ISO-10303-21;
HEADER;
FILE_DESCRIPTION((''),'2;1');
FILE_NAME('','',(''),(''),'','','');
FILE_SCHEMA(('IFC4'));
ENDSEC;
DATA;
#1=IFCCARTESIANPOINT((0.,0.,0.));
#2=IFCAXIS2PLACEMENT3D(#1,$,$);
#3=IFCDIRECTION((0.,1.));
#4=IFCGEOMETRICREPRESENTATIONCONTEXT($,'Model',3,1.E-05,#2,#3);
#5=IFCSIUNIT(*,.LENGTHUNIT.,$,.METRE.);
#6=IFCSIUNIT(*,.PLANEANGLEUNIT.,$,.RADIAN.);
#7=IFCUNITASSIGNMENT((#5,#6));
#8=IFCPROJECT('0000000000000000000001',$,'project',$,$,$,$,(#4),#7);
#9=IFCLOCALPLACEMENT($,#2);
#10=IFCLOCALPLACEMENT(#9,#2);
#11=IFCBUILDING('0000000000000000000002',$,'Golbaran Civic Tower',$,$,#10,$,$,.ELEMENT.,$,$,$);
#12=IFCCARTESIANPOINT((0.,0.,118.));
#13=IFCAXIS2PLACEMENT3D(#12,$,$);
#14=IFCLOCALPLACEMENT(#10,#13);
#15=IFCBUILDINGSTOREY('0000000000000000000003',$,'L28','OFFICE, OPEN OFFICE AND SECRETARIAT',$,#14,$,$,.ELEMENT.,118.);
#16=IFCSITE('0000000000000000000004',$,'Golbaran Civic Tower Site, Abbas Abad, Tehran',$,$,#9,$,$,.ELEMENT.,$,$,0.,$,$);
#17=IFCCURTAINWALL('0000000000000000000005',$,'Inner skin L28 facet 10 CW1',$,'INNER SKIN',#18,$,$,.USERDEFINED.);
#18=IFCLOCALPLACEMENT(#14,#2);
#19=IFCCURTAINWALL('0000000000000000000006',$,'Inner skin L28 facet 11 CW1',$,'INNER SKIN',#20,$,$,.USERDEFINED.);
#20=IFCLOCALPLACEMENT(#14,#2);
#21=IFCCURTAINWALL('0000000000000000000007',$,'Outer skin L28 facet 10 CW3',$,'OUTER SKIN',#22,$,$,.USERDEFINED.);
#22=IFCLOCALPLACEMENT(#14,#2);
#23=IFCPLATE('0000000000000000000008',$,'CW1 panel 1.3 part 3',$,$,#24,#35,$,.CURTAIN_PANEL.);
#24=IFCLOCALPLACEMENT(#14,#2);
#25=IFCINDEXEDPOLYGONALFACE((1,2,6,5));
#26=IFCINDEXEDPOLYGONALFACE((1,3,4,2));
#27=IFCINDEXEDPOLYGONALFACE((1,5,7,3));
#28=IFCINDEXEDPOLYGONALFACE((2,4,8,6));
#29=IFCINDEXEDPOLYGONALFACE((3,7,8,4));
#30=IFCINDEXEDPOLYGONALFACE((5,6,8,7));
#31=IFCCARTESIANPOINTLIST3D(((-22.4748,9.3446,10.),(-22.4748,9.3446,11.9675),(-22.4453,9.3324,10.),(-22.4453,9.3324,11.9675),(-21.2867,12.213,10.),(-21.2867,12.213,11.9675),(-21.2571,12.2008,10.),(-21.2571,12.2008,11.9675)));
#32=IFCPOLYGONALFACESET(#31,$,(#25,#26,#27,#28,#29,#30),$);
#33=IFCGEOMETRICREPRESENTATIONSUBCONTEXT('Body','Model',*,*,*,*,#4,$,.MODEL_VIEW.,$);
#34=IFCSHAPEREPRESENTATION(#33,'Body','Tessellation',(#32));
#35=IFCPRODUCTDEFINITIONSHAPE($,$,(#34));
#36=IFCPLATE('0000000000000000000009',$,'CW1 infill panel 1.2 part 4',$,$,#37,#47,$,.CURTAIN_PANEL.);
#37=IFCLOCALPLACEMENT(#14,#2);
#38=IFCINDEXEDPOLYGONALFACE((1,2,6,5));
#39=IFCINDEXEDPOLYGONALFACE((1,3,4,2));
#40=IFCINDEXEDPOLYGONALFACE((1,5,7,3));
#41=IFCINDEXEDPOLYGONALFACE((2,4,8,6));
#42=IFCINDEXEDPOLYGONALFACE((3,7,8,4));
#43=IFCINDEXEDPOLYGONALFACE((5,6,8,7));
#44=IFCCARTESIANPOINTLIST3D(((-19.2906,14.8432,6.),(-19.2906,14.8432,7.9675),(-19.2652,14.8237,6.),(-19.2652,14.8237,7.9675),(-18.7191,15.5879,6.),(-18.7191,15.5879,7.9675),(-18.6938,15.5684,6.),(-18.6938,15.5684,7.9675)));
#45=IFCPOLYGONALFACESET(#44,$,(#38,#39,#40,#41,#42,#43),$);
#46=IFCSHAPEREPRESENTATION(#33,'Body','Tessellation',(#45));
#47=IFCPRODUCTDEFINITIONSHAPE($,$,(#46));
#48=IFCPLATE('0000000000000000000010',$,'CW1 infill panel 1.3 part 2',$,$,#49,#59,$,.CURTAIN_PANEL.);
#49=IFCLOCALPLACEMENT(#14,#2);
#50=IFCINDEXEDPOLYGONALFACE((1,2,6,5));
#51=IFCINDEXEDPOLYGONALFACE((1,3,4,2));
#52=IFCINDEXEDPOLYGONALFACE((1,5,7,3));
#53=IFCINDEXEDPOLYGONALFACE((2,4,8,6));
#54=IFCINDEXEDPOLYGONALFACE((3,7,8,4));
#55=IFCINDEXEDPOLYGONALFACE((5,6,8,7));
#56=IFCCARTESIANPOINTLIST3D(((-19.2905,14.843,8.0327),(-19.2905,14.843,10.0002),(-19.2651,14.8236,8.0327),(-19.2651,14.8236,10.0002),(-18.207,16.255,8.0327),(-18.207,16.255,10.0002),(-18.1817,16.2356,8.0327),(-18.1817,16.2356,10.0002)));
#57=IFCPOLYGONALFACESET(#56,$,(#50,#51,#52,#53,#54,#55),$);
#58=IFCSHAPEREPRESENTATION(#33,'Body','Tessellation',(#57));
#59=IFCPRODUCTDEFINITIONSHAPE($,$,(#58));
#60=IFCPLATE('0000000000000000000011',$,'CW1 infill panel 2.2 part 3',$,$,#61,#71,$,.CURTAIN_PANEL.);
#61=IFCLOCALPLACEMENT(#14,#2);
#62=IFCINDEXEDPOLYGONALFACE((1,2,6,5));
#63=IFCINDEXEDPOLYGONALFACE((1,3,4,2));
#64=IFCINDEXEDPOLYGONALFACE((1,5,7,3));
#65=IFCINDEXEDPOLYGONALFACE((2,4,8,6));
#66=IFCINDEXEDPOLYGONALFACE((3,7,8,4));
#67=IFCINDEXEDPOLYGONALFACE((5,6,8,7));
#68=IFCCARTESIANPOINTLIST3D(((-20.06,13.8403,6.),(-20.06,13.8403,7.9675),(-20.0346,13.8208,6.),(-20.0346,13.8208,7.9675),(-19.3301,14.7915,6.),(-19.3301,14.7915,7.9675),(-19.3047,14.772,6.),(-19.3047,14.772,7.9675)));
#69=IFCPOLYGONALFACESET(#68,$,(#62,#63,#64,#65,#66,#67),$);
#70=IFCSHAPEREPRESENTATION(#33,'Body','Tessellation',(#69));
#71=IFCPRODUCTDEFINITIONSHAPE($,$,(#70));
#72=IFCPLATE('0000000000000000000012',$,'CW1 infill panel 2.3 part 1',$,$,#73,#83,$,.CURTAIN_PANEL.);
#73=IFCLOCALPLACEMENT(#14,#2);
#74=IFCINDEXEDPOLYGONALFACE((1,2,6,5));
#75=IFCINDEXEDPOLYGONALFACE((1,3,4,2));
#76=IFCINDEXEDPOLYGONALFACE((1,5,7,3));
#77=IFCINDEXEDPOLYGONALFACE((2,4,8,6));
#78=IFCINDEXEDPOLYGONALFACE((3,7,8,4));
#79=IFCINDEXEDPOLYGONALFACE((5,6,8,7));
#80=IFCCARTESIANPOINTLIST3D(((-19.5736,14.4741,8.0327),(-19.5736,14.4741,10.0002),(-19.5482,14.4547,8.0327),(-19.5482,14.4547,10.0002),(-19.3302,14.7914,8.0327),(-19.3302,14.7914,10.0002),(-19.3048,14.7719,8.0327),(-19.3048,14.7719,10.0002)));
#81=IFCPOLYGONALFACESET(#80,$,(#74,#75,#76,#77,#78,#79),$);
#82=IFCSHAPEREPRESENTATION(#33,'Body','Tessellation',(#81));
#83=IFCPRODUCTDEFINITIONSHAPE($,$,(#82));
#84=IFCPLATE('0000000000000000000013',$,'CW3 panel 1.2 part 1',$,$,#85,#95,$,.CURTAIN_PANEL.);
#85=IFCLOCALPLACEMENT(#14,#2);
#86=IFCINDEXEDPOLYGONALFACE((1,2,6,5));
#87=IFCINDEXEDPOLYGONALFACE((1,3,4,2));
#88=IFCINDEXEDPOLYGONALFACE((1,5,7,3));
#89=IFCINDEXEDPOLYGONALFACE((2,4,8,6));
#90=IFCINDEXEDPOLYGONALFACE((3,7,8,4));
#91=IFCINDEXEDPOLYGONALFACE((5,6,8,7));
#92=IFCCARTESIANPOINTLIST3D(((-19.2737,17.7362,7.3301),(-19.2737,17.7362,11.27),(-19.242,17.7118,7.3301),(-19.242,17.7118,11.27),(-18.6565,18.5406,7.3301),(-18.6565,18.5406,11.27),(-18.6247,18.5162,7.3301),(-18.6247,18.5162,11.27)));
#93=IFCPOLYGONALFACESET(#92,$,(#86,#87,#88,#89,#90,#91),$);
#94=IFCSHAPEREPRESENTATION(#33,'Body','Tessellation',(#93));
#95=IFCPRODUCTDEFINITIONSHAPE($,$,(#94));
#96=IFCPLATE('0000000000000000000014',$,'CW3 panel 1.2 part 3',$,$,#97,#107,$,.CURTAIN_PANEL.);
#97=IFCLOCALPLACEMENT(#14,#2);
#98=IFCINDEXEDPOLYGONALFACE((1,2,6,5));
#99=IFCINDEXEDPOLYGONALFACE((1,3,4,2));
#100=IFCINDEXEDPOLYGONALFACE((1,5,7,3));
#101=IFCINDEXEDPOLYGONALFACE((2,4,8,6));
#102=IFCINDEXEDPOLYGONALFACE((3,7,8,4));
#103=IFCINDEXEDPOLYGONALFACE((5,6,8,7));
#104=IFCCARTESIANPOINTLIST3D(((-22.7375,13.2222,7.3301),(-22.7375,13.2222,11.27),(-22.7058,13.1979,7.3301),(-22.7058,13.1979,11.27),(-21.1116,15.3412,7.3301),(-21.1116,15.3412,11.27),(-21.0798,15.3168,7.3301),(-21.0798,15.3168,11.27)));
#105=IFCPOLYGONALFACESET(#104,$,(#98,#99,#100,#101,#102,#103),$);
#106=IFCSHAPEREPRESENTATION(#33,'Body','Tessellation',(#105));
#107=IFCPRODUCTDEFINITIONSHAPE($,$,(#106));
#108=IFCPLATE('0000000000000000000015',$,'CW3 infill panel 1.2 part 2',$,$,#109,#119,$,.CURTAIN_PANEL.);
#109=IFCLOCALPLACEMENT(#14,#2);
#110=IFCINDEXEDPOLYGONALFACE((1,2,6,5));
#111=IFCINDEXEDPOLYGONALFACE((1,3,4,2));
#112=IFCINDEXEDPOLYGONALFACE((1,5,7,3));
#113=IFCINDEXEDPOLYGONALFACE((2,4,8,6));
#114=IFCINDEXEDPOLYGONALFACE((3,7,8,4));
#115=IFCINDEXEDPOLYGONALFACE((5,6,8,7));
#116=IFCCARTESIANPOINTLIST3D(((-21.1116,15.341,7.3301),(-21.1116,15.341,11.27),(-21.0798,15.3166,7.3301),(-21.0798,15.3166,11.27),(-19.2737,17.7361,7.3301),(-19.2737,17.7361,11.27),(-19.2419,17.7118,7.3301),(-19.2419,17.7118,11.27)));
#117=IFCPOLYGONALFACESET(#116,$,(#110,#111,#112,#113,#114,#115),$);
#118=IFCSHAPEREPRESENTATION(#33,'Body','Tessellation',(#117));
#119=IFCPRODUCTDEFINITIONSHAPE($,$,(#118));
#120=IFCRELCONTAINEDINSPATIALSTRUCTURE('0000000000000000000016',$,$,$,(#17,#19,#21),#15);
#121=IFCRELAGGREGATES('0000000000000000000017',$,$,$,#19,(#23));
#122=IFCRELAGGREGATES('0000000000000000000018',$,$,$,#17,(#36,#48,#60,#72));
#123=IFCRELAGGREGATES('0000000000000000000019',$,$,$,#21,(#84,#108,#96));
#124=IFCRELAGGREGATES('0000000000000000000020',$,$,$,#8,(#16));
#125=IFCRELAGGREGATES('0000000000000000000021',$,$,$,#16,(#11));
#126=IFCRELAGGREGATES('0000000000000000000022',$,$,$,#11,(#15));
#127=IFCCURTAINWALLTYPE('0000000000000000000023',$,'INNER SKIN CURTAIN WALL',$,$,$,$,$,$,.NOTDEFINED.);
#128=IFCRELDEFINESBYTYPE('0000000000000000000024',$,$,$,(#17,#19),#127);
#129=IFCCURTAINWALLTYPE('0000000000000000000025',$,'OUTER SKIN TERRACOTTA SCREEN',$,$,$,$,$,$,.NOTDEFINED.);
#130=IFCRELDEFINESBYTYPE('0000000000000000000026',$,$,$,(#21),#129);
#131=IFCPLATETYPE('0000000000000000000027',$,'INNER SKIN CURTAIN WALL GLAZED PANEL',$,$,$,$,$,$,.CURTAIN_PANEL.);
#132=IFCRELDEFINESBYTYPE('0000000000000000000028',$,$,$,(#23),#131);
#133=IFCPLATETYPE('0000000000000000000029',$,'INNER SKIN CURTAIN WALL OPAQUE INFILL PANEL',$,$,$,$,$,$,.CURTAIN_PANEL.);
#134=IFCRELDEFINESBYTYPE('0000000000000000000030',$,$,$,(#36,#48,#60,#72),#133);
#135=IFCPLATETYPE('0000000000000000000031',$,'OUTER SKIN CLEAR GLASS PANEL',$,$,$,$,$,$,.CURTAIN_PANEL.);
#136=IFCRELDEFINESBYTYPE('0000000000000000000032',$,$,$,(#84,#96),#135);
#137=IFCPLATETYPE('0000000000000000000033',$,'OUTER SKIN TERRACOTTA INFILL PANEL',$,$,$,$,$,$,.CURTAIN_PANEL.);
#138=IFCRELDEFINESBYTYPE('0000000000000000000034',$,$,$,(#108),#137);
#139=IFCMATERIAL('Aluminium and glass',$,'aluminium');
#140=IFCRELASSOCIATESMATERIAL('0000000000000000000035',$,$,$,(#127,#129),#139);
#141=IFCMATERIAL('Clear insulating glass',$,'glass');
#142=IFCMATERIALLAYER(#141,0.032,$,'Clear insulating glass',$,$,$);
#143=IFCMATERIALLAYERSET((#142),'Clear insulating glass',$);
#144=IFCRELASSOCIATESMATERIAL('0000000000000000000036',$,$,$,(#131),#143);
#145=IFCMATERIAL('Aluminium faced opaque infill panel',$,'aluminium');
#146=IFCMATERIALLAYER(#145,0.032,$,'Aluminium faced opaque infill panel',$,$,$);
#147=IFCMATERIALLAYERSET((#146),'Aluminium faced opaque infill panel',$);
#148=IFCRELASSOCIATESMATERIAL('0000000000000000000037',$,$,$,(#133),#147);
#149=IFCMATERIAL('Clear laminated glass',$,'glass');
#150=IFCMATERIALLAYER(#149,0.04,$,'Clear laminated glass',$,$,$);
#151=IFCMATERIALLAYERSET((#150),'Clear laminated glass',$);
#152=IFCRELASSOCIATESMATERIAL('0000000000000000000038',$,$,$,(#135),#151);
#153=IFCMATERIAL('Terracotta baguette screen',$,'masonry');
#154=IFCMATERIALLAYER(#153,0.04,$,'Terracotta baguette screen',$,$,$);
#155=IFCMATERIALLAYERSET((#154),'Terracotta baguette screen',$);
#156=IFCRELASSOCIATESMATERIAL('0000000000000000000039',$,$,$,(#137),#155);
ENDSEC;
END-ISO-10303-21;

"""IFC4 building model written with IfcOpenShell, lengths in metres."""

from ifc_helpers import new_model, si_unit, direction, frame, origin, origin_2d, place, context, subcontext, project, spatial, rectangle, extrude, material, layer, layer_set, type_object, element, aggregate, save


model = new_model("IFC4")

# Units and contexts
model_context = context("Model", 3, precision=1e-05, world=origin(), true_north=direction((0.0, 1.0)))
body_context = subcontext(model_context, "Body", "Model", "MODEL_VIEW")
ifc_project = project(units=[si_unit("LENGTHUNIT", "METRE"), si_unit("PLANEANGLEUNIT", "RADIAN")], contexts=[model_context])

# Site, building, storey
site_placement = place(None, origin())
site = spatial("IfcSite", under=ifc_project, at=site_placement, Name="Golbaran Civic Tower Site, Abbas Abad, Tehran", CompositionType="ELEMENT", RefElevation=0.0)
building_placement = place(site_placement, origin())
building = spatial("IfcBuilding", under=site, at=building_placement, Name="Golbaran Civic Tower", CompositionType="ELEMENT")
storey_placement = place(building_placement, frame((0.0, 0.0, 118.0)))
storey = spatial("IfcBuildingStorey", under=building, at=storey_placement, Name="L28", Description="OFFICE, OPEN OFFICE AND SECRETARIAT", CompositionType="ELEMENT", Elevation=118.0)

# Curtain wall
ifc_material_1 = material(Name="Aluminium and glass", Category="aluminium")
curtain_wall_type_1 = type_object("IfcCurtainWallType", Name="INNER SKIN CURTAIN WALL", PredefinedType="NOTDEFINED", material=ifc_material_1)
curtain_wall_1_placement = place(storey_placement, origin())
curtain_wall_1 = element("IfcCurtainWall", 1, at=curtain_wall_1_placement, inside=storey, type_object=curtain_wall_type_1, Name="Inner skin L28 facet 10 CW1", ObjectType="INNER SKIN", PredefinedType="USERDEFINED")

# Curtain walls
curtain_wall_2_placement = place(storey_placement, origin())
curtain_wall_2 = element("IfcCurtainWall", 2, at=curtain_wall_2_placement, inside=storey, type_object=curtain_wall_type_1, Name="Inner skin L28 facet 11 CW1", ObjectType="INNER SKIN", PredefinedType="USERDEFINED")
curtain_wall_type_2 = type_object("IfcCurtainWallType", Name="OUTER SKIN TERRACOTTA SCREEN", PredefinedType="NOTDEFINED", material=ifc_material_1)
curtain_wall_3_placement = place(storey_placement, origin())
curtain_wall_3 = element("IfcCurtainWall", 3, at=curtain_wall_3_placement, inside=storey, type_object=curtain_wall_type_2, Name="Outer skin L28 facet 10 CW3", ObjectType="OUTER SKIN", PredefinedType="USERDEFINED")

# Shared definitions
ifc_material_2 = material(Name="Clear insulating glass", Category="glass")
ifc_layer_1 = layer(ifc_material_2, 0.032, Name="Clear insulating glass")
ifc_layer_set_1 = layer_set([ifc_layer_1], Name="Clear insulating glass")
plate_type_1 = type_object("IfcPlateType", Name="INNER SKIN CURTAIN WALL GLAZED PANEL", PredefinedType="CURTAIN_PANEL", material=ifc_layer_set_1)

# Plates
plate_1_placement = place(storey_placement, frame((-21.866, 10.7727, 10.0), z_axis=(0.0, 0.0, 1.0), x_axis=(-0.382683, -0.92388, 0.0)))
plate_1 = element("IfcPlate", 4, at=plate_1_placement, type_object=plate_type_1, Name="CW1 panel 1.3 part 3", PredefinedType="CURTAIN_PANEL", context=body_context, shape_type="SweptSolid", body=[
    extrude(rectangle(XDim=3.1047, YDim=0.032, at=origin_2d()), origin(), (0.0, 0.0, 1.0), 1.9675),
])
aggregate(curtain_wall_2, [plate_1])
ifc_material_3 = material(Name="Aluminium faced opaque infill panel", Category="aluminium")
ifc_layer_2 = layer(ifc_material_3, 0.032, Name="Aluminium faced opaque infill panel")
ifc_layer_set_2 = layer_set([ifc_layer_2], Name="Aluminium faced opaque infill panel")
plate_type_2 = type_object("IfcPlateType", Name="INNER SKIN CURTAIN WALL OPAQUE INFILL PANEL", PredefinedType="CURTAIN_PANEL", material=ifc_layer_set_2)
plate_2_placement = place(storey_placement, frame((-18.9922, 15.2058, 6.0), z_axis=(0.0, 0.0, 1.0), x_axis=(-0.608761, -0.793353, 0.0)))
plate_2 = element("IfcPlate", 5, at=plate_2_placement, type_object=plate_type_2, Name="CW1 infill panel 1.2 part 4", PredefinedType="CURTAIN_PANEL", context=body_context, shape_type="SweptSolid", body=[
    extrude(rectangle(XDim=0.9387, YDim=0.032, at=origin_2d()), origin(), (0.0, 0.0, 1.0), 1.9675),
])
plate_3_placement = place(storey_placement, frame((-18.7361, 15.5393, 8.0327), z_axis=(0.0, 0.0, 1.0), x_axis=(-0.608761, -0.793353, 0.0)))
plate_3 = element("IfcPlate", 6, at=plate_3_placement, type_object=plate_type_2, Name="CW1 infill panel 1.3 part 2", PredefinedType="CURTAIN_PANEL", context=body_context, shape_type="SweptSolid", body=[
    extrude(rectangle(XDim=1.7798, YDim=0.032, at=origin_2d()), origin(), (0.0, 0.0, 1.0), 1.9675),
])
plate_4_placement = place(storey_placement, frame((-19.6824, 14.3062, 6.0), z_axis=(0.0, 0.0, 1.0), x_axis=(-0.608761, -0.793353, 0.0)))
plate_4 = element("IfcPlate", 7, at=plate_4_placement, type_object=plate_type_2, Name="CW1 infill panel 2.2 part 3", PredefinedType="CURTAIN_PANEL", context=body_context, shape_type="SweptSolid", body=[
    extrude(rectangle(XDim=1.199, YDim=0.032, at=origin_2d()), origin(), (0.0, 0.0, 1.0), 1.9675),
])
plate_5_placement = place(storey_placement, frame((-19.4392, 14.623, 8.0327), z_axis=(0.0, 0.0, 1.0), x_axis=(-0.608761, -0.793353, 0.0)))
plate_5 = element("IfcPlate", 8, at=plate_5_placement, type_object=plate_type_2, Name="CW1 infill panel 2.3 part 1", PredefinedType="CURTAIN_PANEL", context=body_context, shape_type="SweptSolid", body=[
    extrude(rectangle(XDim=0.3999, YDim=0.032, at=origin_2d()), origin(), (0.0, 0.0, 1.0), 1.9675),
])
aggregate(curtain_wall_1, [plate_2, plate_3, plate_4, plate_5])
ifc_material_4 = material(Name="Clear laminated glass", Category="glass")
ifc_layer_3 = layer(ifc_material_4, 0.04, Name="Clear laminated glass")
ifc_layer_set_3 = layer_set([ifc_layer_3], Name="Clear laminated glass")
plate_type_3 = type_object("IfcPlateType", Name="OUTER SKIN CLEAR GLASS PANEL", PredefinedType="CURTAIN_PANEL", material=ifc_layer_set_3)
plate_6_placement = place(storey_placement, frame((-18.9492, 18.1262, 7.3301), z_axis=(0.0, 0.0, 1.0), x_axis=(-0.608761, -0.793353, 0.0)))
plate_6 = element("IfcPlate", 9, at=plate_6_placement, type_object=plate_type_3, Name="CW3 panel 1.2 part 1", PredefinedType="CURTAIN_PANEL", context=body_context, shape_type="SweptSolid", body=[
    extrude(rectangle(XDim=1.0139, YDim=0.04, at=origin_2d()), origin(), (0.0, 0.0, 1.0), 3.9399),
])
plate_7_placement = place(storey_placement, frame((-21.9087, 14.2695, 7.3301), z_axis=(0.0, 0.0, 1.0), x_axis=(-0.608761, -0.793353, 0.0)))
plate_7 = element("IfcPlate", 10, at=plate_7_placement, type_object=plate_type_3, Name="CW3 panel 1.2 part 3", PredefinedType="CURTAIN_PANEL", context=body_context, shape_type="SweptSolid", body=[
    extrude(rectangle(XDim=2.6709, YDim=0.04, at=origin_2d()), origin(), (0.0, 0.0, 1.0), 3.9399),
])
ifc_material_5 = material(Name="Terracotta baguette screen", Category="masonry")
ifc_layer_4 = layer(ifc_material_5, 0.04, Name="Terracotta baguette screen")
ifc_layer_set_4 = layer_set([ifc_layer_4], Name="Terracotta baguette screen")
plate_type_4 = type_object("IfcPlateType", Name="OUTER SKIN TERRACOTTA INFILL PANEL", PredefinedType="CURTAIN_PANEL", material=ifc_layer_set_4)
plate_8_placement = place(storey_placement, frame((-20.1768, 16.5264, 7.3301), z_axis=(0.0, 0.0, 1.0), x_axis=(-0.608761, -0.793353, 0.0)))
plate_8 = element("IfcPlate", 11, at=plate_8_placement, type_object=plate_type_4, Name="CW3 infill panel 1.2 part 2", PredefinedType="CURTAIN_PANEL", context=body_context, shape_type="SweptSolid", body=[
    extrude(rectangle(XDim=3.019, YDim=0.04, at=origin_2d()), origin(), (0.0, 0.0, 1.0), 3.9399),
])
aggregate(curtain_wall_3, [plate_6, plate_8, plate_7])

save(model, "model.ifc")
